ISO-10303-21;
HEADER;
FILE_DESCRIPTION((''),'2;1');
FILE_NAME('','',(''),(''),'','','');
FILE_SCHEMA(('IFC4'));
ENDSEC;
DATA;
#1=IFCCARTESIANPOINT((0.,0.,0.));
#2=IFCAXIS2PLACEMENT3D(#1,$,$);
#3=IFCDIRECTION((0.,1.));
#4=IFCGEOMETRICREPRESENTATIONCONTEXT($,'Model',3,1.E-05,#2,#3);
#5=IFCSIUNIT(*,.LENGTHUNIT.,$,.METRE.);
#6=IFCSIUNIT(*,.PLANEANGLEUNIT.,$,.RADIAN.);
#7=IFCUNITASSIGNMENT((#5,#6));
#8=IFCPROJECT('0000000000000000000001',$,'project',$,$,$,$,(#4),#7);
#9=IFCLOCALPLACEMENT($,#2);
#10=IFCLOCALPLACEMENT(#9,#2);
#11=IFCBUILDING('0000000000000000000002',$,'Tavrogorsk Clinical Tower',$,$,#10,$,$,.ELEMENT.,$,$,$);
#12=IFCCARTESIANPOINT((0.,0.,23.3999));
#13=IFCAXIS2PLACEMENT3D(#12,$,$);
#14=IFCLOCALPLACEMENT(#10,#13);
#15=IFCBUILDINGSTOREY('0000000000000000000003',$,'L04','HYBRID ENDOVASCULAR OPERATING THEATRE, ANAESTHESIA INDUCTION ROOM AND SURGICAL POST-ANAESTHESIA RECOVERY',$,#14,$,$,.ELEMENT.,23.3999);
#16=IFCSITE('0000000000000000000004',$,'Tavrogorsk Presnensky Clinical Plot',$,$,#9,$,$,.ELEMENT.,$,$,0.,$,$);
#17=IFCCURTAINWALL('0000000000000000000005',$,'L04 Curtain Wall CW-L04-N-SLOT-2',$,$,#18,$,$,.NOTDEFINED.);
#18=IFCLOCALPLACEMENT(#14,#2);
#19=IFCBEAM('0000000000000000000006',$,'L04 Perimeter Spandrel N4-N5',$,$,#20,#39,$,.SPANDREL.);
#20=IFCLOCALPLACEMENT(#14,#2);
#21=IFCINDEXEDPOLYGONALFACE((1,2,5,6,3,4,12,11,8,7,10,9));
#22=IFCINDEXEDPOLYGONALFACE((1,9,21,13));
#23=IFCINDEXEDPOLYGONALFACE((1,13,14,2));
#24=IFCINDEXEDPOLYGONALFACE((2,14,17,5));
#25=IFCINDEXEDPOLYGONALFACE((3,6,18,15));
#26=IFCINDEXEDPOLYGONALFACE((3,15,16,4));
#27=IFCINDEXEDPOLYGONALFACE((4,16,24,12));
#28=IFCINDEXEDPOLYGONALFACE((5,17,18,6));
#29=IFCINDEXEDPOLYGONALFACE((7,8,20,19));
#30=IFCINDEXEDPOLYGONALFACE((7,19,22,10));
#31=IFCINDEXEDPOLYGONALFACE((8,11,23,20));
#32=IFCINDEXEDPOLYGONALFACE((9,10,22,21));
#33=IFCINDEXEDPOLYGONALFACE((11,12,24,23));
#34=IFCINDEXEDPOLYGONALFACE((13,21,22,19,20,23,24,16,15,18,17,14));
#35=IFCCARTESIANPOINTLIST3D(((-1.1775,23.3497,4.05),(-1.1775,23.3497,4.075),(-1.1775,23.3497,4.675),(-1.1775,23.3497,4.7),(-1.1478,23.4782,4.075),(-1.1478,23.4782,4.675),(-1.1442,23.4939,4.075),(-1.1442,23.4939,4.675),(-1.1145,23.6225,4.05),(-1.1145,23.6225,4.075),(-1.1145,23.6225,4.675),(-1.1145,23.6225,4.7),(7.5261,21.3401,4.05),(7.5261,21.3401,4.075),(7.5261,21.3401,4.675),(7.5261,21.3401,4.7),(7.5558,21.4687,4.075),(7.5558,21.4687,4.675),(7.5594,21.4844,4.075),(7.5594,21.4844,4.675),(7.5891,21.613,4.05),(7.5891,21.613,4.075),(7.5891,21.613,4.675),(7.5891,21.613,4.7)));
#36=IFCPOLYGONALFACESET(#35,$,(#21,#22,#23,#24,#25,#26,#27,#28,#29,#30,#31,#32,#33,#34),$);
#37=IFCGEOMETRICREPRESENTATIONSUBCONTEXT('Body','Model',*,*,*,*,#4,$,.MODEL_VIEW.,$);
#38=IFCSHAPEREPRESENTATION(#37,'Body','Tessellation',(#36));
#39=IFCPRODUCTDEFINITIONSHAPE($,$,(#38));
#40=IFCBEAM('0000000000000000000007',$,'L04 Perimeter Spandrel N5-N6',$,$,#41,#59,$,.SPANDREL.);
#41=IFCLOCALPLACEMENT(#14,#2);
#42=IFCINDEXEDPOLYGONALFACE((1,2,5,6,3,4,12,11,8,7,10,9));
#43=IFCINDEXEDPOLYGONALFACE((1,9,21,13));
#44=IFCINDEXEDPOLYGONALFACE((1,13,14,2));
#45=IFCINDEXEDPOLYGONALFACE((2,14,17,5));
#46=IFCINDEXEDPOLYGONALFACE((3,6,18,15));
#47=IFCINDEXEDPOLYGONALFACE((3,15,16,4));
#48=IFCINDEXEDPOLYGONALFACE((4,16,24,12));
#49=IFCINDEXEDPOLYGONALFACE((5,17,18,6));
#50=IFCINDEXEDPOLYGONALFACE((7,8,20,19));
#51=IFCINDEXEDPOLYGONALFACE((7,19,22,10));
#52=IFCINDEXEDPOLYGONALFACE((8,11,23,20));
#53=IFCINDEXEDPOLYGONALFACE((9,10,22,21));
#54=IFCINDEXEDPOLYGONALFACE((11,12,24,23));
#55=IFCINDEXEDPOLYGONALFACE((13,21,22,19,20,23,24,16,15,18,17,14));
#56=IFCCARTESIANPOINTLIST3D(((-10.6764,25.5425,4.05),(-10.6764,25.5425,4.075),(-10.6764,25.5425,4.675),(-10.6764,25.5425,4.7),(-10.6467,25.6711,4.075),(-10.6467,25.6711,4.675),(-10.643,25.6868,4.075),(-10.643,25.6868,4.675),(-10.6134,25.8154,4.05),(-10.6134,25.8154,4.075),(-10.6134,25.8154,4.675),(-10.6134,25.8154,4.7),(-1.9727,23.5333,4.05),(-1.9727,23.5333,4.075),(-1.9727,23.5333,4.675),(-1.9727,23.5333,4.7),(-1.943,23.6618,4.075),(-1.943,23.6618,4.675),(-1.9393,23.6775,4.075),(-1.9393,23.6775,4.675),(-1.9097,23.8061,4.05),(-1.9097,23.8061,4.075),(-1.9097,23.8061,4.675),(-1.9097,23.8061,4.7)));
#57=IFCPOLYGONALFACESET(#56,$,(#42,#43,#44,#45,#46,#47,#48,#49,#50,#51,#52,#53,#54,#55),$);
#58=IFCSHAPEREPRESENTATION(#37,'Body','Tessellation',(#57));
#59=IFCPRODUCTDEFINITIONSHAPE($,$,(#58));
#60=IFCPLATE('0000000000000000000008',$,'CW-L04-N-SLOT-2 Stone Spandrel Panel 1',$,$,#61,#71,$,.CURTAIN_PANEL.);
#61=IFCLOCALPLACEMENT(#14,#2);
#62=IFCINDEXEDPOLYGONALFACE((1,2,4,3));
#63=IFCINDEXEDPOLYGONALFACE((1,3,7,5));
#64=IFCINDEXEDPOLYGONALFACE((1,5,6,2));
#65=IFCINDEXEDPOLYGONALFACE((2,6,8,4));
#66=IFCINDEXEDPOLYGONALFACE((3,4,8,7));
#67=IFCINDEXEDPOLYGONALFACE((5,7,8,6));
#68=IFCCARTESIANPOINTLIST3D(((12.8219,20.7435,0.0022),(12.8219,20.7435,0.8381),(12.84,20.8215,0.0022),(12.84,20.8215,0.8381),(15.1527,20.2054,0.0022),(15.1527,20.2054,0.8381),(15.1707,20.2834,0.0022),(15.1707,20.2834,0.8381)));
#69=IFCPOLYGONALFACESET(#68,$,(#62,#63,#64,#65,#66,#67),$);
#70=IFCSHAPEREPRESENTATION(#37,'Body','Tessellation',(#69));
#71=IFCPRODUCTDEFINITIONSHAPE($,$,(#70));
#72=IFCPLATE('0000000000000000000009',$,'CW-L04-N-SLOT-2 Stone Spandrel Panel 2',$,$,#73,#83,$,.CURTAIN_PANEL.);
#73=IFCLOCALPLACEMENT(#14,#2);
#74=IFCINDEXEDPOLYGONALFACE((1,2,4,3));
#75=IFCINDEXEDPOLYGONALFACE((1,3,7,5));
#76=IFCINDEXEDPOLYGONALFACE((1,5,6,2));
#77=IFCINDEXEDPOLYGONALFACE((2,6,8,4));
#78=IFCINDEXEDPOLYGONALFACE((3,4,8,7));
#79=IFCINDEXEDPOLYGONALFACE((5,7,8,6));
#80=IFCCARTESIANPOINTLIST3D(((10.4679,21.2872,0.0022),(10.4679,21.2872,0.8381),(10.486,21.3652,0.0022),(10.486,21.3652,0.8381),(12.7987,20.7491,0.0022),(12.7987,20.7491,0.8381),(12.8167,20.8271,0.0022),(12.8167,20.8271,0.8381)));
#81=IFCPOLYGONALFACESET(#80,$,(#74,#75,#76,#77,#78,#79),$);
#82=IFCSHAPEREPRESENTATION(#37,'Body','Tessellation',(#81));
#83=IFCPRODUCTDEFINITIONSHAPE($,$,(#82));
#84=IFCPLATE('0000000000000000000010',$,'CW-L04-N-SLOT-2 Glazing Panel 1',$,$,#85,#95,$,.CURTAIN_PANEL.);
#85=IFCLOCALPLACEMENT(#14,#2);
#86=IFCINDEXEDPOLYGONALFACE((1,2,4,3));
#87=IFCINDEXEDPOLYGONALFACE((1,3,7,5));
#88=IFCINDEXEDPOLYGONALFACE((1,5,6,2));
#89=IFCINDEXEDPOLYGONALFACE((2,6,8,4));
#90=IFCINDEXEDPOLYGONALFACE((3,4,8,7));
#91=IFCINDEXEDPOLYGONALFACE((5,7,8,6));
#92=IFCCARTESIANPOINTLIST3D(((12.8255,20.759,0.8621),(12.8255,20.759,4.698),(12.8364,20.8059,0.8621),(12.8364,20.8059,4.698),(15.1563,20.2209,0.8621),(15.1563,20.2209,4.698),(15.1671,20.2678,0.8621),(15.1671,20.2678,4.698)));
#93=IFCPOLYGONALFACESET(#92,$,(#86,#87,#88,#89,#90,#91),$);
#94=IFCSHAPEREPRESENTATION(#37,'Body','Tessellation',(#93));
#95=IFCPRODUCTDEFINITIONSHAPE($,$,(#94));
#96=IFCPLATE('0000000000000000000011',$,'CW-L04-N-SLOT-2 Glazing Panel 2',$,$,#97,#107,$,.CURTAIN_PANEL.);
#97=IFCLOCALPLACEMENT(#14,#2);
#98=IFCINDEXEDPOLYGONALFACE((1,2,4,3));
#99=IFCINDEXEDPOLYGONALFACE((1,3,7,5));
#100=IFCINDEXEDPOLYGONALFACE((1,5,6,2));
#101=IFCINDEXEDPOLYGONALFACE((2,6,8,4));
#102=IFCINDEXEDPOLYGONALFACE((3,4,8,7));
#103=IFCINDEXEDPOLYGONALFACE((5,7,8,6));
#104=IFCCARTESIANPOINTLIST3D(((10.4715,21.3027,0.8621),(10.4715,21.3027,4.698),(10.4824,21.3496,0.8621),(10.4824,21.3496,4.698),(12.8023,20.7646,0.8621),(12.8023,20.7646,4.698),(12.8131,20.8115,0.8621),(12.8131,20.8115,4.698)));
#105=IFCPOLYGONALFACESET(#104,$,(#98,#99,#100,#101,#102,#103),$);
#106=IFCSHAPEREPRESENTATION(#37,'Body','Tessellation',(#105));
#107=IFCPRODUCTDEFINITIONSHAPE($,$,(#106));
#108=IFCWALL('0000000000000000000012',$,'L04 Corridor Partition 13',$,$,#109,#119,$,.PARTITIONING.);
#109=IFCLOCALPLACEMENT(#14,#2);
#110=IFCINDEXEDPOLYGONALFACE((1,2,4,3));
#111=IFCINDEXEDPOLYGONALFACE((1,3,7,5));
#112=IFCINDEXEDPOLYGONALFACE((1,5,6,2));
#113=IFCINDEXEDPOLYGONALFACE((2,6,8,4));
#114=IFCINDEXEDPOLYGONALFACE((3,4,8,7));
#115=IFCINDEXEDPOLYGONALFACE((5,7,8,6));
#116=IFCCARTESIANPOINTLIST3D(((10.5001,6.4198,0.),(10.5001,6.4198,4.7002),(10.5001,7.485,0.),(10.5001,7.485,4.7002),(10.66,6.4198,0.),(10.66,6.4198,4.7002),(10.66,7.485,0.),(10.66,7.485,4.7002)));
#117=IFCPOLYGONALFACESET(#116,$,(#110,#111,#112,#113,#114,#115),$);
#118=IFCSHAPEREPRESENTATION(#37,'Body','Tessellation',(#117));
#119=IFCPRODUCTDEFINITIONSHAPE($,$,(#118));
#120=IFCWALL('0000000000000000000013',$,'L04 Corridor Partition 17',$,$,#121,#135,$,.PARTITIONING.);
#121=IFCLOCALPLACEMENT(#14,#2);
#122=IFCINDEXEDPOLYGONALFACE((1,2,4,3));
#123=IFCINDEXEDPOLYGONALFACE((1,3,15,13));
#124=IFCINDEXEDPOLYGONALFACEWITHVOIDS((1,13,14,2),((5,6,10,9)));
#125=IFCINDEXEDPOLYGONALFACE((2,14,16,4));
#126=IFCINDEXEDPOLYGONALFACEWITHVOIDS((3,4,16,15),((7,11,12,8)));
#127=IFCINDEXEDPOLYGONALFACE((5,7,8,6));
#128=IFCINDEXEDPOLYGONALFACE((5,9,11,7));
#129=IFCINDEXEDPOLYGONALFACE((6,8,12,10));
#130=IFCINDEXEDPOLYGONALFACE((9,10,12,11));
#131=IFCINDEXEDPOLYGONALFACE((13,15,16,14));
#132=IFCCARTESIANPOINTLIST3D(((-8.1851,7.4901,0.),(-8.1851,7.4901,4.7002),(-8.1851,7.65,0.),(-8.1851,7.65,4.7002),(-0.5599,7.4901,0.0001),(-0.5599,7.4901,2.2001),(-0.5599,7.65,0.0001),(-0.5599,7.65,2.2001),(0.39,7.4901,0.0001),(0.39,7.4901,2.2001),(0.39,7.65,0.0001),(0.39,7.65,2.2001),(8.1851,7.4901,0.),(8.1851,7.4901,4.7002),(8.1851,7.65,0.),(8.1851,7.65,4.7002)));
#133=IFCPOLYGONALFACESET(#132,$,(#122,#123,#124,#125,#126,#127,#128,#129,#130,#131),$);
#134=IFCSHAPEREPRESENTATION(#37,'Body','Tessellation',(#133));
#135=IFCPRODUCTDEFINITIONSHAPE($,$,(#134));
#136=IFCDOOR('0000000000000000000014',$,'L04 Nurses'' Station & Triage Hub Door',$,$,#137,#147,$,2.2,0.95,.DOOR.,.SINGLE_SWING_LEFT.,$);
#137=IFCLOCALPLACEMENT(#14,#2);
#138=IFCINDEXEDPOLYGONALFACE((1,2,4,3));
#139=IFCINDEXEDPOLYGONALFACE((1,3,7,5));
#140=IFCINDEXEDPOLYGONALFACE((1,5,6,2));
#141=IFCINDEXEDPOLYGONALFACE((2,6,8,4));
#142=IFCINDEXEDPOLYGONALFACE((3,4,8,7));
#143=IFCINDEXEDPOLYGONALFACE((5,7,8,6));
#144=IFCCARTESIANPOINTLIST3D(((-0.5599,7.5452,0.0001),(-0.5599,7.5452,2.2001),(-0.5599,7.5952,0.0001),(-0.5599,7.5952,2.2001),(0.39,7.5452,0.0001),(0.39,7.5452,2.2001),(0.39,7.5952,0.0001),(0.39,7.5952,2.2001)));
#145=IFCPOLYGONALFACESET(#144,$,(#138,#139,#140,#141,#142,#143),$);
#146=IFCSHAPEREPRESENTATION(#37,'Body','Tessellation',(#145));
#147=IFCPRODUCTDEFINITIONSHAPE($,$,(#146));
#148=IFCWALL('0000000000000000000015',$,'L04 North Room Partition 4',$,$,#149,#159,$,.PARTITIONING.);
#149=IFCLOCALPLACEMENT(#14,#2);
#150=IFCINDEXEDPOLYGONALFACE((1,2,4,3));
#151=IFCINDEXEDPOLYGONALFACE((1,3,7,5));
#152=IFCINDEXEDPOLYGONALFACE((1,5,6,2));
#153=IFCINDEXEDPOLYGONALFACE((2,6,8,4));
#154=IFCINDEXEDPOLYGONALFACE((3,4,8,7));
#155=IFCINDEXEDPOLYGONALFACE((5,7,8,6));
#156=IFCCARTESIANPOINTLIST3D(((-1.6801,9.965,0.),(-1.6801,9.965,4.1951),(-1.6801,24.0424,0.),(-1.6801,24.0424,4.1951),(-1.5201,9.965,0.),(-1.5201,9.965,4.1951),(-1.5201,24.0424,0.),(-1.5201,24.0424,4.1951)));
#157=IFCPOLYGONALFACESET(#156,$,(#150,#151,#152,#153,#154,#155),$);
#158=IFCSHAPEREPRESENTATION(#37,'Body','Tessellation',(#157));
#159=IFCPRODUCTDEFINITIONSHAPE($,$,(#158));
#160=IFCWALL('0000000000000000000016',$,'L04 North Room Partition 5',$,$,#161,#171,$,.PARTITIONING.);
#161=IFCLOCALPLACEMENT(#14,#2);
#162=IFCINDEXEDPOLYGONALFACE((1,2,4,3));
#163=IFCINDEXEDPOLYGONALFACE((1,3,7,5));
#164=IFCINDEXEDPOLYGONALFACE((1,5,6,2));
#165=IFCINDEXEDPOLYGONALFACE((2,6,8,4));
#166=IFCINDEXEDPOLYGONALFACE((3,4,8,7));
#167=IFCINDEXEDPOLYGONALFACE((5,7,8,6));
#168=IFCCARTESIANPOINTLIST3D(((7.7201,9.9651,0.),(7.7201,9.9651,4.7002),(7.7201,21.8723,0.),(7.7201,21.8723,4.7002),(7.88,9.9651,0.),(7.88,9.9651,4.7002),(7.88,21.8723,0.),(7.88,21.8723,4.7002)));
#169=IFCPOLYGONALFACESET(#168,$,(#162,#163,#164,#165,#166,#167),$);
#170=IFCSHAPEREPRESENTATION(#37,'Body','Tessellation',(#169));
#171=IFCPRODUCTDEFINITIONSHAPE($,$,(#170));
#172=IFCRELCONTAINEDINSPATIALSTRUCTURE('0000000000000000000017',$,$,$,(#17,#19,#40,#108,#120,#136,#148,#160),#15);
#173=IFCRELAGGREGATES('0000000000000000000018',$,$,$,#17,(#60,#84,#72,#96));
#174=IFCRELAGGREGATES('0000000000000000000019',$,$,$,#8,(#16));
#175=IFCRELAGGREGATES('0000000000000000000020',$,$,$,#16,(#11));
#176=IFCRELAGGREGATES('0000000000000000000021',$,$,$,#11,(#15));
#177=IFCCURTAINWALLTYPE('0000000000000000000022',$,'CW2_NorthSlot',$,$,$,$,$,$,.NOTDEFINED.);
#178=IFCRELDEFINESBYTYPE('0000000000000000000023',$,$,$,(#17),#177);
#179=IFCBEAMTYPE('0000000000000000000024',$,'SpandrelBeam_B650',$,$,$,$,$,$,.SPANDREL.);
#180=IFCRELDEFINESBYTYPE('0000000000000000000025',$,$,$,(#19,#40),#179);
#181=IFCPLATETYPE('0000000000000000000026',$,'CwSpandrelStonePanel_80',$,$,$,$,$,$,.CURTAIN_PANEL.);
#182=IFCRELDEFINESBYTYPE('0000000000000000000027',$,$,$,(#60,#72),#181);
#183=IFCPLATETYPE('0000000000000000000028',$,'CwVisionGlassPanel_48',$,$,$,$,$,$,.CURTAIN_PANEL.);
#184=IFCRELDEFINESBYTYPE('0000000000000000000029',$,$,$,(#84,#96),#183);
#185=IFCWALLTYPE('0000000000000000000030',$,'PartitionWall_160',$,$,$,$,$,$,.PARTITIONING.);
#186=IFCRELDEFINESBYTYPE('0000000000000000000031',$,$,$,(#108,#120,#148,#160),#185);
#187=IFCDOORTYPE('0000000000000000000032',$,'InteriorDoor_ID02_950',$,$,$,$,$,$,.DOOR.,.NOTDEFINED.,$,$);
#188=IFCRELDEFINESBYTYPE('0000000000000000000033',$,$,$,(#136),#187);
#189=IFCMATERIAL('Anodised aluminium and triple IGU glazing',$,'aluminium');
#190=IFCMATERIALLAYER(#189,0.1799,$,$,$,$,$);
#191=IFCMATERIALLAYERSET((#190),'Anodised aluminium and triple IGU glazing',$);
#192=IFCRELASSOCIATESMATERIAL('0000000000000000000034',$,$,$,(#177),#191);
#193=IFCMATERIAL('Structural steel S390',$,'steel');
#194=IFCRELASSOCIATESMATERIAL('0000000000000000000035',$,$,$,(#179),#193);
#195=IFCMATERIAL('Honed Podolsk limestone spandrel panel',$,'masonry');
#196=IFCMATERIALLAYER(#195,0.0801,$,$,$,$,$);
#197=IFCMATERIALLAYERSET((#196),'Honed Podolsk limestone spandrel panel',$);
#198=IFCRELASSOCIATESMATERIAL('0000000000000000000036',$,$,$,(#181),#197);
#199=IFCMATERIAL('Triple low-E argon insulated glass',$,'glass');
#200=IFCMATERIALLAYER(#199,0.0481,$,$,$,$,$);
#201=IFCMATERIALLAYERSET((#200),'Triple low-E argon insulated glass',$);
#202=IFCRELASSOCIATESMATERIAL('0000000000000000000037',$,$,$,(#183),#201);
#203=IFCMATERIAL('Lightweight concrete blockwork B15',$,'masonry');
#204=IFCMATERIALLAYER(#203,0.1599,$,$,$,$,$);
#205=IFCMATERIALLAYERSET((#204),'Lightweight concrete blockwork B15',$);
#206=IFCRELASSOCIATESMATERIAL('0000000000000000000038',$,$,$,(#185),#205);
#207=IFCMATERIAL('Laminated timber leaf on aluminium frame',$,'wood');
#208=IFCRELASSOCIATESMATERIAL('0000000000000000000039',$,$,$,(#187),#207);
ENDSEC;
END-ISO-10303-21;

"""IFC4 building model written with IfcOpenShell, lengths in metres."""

from ifc_helpers import new_model, si_unit, direction, frame, frame_2d, origin, origin_2d, place, context, subcontext, project, spatial, rectangle, i_section, extrude, material, layer, layer_set, material_profile, profile_set, type_object, element, fill, aggregate, save


model = new_model("IFC4")

# Units and contexts
model_context = context("Model", 3, precision=1e-05, world=origin(), true_north=direction((0.0, 1.0)))
body_context = subcontext(model_context, "Body", "Model", "MODEL_VIEW")
ifc_project = project(units=[si_unit("LENGTHUNIT", "METRE"), si_unit("PLANEANGLEUNIT", "RADIAN")], contexts=[model_context])

# Site, building, storey
site_placement = place(None, origin())
site = spatial("IfcSite", under=ifc_project, at=site_placement, Name="Tavrogorsk Presnensky Clinical Plot", CompositionType="ELEMENT", RefElevation=0.0)
building_placement = place(site_placement, origin())
building = spatial("IfcBuilding", under=site, at=building_placement, Name="Tavrogorsk Clinical Tower", CompositionType="ELEMENT")
storey_placement = place(building_placement, frame((0.0, 0.0, 23.3999)))
storey = spatial("IfcBuildingStorey", under=building, at=storey_placement, Name="L04", Description="HYBRID ENDOVASCULAR OPERATING THEATRE, ANAESTHESIA INDUCTION ROOM AND SURGICAL POST-ANAESTHESIA RECOVERY", CompositionType="ELEMENT", Elevation=23.3999)

# Curtain wall
ifc_material_1 = material(Name="Anodised aluminium and triple IGU glazing", Category="aluminium")
ifc_layer_1 = layer(ifc_material_1, 0.1799)
ifc_layer_set_1 = layer_set([ifc_layer_1], Name="Anodised aluminium and triple IGU glazing")
curtain_wall_type = type_object("IfcCurtainWallType", Name="CW2_NorthSlot", PredefinedType="NOTDEFINED", material=ifc_layer_set_1)
curtain_wall_placement = place(storey_placement, origin())
curtain_wall = element("IfcCurtainWall", 1, at=curtain_wall_placement, inside=storey, type_object=curtain_wall_type, Name="L04 Curtain Wall CW-L04-N-SLOT-2", PredefinedType="NOTDEFINED")

# Beams
ifc_material_2 = material(Name="Structural steel S390", Category="steel")
ifc_material_profile_1 = material_profile(ifc_material_2, i_section(OverallWidth=0.28, OverallDepth=0.6499, WebThickness=0.0161, FlangeThickness=0.0249, at=origin_2d()), Name="B-650x280x16x25")
ifc_profile_set_1 = profile_set([ifc_material_profile_1], Name="Structural steel S390")
beam_type_1 = type_object("IfcBeamType", Name="SpandrelBeam_B650", PredefinedType="SPANDREL", material=ifc_profile_set_1)
for number, where, z_axis, x_axis, name in (
    (2, (7.5576, 21.4766, 4.375), (-0.974367, 0.224965, 0.0), (-0.224965, -0.974367, 0.0), "L04 Perimeter Spandrel N4-N5"),
    (3, (-1.9412, 23.6697, 4.375), (-0.974373, 0.224939, 0.0), (-0.224939, -0.974373, 0.0), "L04 Perimeter Spandrel N5-N6"),
):
    element("IfcBeam", number, at=place(storey_placement, frame(where, z_axis=z_axis, x_axis=x_axis)), inside=storey, type_object=beam_type_1, Name=name, PredefinedType="SPANDREL", context=body_context, shape_type="SweptSolid", body=[
        extrude(i_section(OverallWidth=0.28, OverallDepth=0.6499, WebThickness=0.0161, FlangeThickness=0.0249, at=origin_2d()), origin(), (0.0, 0.0, 1.0), 8.9326),
    ])

# Plates
ifc_material_3 = material(Name="Honed Podolsk limestone spandrel panel", Category="masonry")
ifc_layer_2 = layer(ifc_material_3, 0.0801)
ifc_layer_set_2 = layer_set([ifc_layer_2], Name="Honed Podolsk limestone spandrel panel")
plate_type_1 = type_object("IfcPlateType", Name="CwSpandrelStonePanel_80", PredefinedType="CURTAIN_PANEL", material=ifc_layer_set_2)
plate_1_placement = place(storey_placement, frame((13.9963, 20.5134, 0.0022), z_axis=(0.0, 0.0, 1.0), x_axis=(-0.97437, 0.224951, 0.0)))
plate_1 = element("IfcPlate", 4, at=plate_1_placement, type_object=plate_type_1, Name="CW-L04-N-SLOT-2 Stone Spandrel Panel 1", PredefinedType="CURTAIN_PANEL", context=body_context, shape_type="SweptSolid", body=[
    extrude(rectangle(XDim=2.3921, YDim=0.0801, at=origin_2d()), origin(), (0.0, 0.0, 1.0), 0.8359),
])
plate_2_placement = place(storey_placement, frame((11.6423, 21.0571, 0.0022), z_axis=(0.0, 0.0, 1.0), x_axis=(-0.97437, 0.224951, 0.0)))
plate_2 = element("IfcPlate", 5, at=plate_2_placement, type_object=plate_type_1, Name="CW-L04-N-SLOT-2 Stone Spandrel Panel 2", PredefinedType="CURTAIN_PANEL", context=body_context, shape_type="SweptSolid", body=[
    extrude(rectangle(XDim=2.3921, YDim=0.0801, at=origin_2d()), origin(), (0.0, 0.0, 1.0), 0.8359),
])
ifc_material_4 = material(Name="Triple low-E argon insulated glass", Category="glass")
ifc_layer_3 = layer(ifc_material_4, 0.0481)
ifc_layer_set_3 = layer_set([ifc_layer_3], Name="Triple low-E argon insulated glass")
plate_type_2 = type_object("IfcPlateType", Name="CwVisionGlassPanel_48", PredefinedType="CURTAIN_PANEL", material=ifc_layer_set_3)
plate_3_placement = place(storey_placement, frame((13.9963, 20.5134, 0.8621), z_axis=(0.0, 0.0, 1.0), x_axis=(-0.97437, 0.224951, 0.0)))
plate_3 = element("IfcPlate", 6, at=plate_3_placement, type_object=plate_type_2, Name="CW-L04-N-SLOT-2 Glazing Panel 1", PredefinedType="CURTAIN_PANEL", context=body_context, shape_type="SweptSolid", body=[
    extrude(rectangle(XDim=2.3921, YDim=0.0481, at=origin_2d()), origin(), (0.0, 0.0, 1.0), 3.8359),
])
plate_4_placement = place(storey_placement, frame((11.6423, 21.0571, 0.8621), z_axis=(0.0, 0.0, 1.0), x_axis=(-0.97437, 0.224951, 0.0)))
plate_4 = element("IfcPlate", 7, at=plate_4_placement, type_object=plate_type_2, Name="CW-L04-N-SLOT-2 Glazing Panel 2", PredefinedType="CURTAIN_PANEL", context=body_context, shape_type="SweptSolid", body=[
    extrude(rectangle(XDim=2.3921, YDim=0.0481, at=origin_2d()), origin(), (0.0, 0.0, 1.0), 3.8359),
])
aggregate(curtain_wall, [plate_1, plate_3, plate_2, plate_4])

# Wall
ifc_material_5 = material(Name="Lightweight concrete blockwork B15", Category="masonry")
ifc_layer_4 = layer(ifc_material_5, 0.1599)
ifc_layer_set_4 = layer_set([ifc_layer_4], Name="Lightweight concrete blockwork B15")
wall_type_1 = type_object("IfcWallType", Name="PartitionWall_160", PredefinedType="PARTITIONING", material=ifc_layer_set_4)
wall_1_placement = place(storey_placement, frame((10.5801, 7.4851, 0.0), z_axis=(0.0, 0.0, 1.0), x_axis=(0.0, -1.0, 0.0)))
element("IfcWall", 8, at=wall_1_placement, inside=storey, type_object=wall_type_1, Name="L04 Corridor Partition 13", PredefinedType="PARTITIONING", context=body_context, shape_type="SweptSolid", body=[
    extrude(rectangle(XDim=1.0652, YDim=0.1599, at=frame_2d((0.5327, 0.0))), origin(), (0.0, 0.0, 1.0), 4.7002),
])

# Wall, opening, door
wall_2_placement = place(storey_placement, frame((8.1851, 7.5701, 0.0), z_axis=(0.0, 0.0, 1.0), x_axis=(-1.0, 0.0, 0.0)))
wall_2 = element("IfcWall", 9, at=wall_2_placement, inside=storey, type_object=wall_type_1, Name="L04 Corridor Partition 17", PredefinedType="PARTITIONING", context=body_context, shape_type="SweptSolid", body=[
    extrude(rectangle(XDim=16.3701, YDim=0.1599, at=frame_2d((8.1851, 0.0))), origin(), (0.0, 0.0, 1.0), 4.7002),
])
opening_1_placement = place(wall_2_placement, frame((7.7949, 0.0, 0.0)))
opening_1 = element("IfcOpeningElement", 10, at=opening_1_placement, cuts=wall_2, PredefinedType="OPENING", context=body_context, shape_type="SweptSolid", body=[
    extrude(rectangle(XDim=0.95, YDim=2.2, at=frame_2d((0.4751, 1.1001))), frame((0.0, 0.0898, 0.0), z_axis=(0.0, -1.0, 0.0), x_axis=(1.0, 0.0, 0.0)), (0.0, 0.0, 1.0), 0.1799),
])
ifc_material_6 = material(Name="Laminated timber leaf on aluminium frame", Category="wood")
door_type = type_object("IfcDoorType", Name="InteriorDoor_ID02_950", OperationType="NOTDEFINED", PredefinedType="DOOR", material=ifc_material_6)
door_placement = place(opening_1_placement, origin())
door = element("IfcDoor", 11, at=door_placement, inside=storey, type_object=door_type, Name="L04 Nurses' Station & Triage Hub Door", OperationType="SINGLE_SWING_LEFT", OverallHeight=2.2, OverallWidth=0.95, PredefinedType="DOOR", context=body_context, shape_type="SweptSolid", body=[
    extrude(rectangle(XDim=0.95, YDim=2.2, at=frame_2d((0.4751, 1.1001))), frame((0.0, 0.0249, 0.0), z_axis=(0.0, -1.0, 0.0), x_axis=(1.0, 0.0, 0.0)), (0.0, 0.0, 1.0), 0.05),
])
fill(opening_1, door)

# Walls
wall_3_placement = place(storey_placement, frame((-1.6001, 9.9651, 0.0), z_axis=(0.0, 0.0, 1.0), x_axis=(0.0, 1.0, 0.0)))
element("IfcWall", 12, at=wall_3_placement, inside=storey, type_object=wall_type_1, Name="L04 North Room Partition 4", PredefinedType="PARTITIONING", context=body_context, shape_type="SweptSolid", body=[
    extrude(rectangle(XDim=14.0774, YDim=0.1599, at=frame_2d((7.0386, 0.0))), origin(), (0.0, 0.0, 1.0), 4.1951),
])
wall_4_placement = place(storey_placement, frame((7.8, 9.9651, 0.0), z_axis=(0.0, 0.0, 1.0), x_axis=(0.0, 1.0, 0.0)))
element("IfcWall", 13, at=wall_4_placement, inside=storey, type_object=wall_type_1, Name="L04 North Room Partition 5", PredefinedType="PARTITIONING", context=body_context, shape_type="SweptSolid", body=[
    extrude(rectangle(XDim=11.9072, YDim=0.1599, at=frame_2d((5.9536, 0.0))), origin(), (0.0, 0.0, 1.0), 4.7002),
])

save(model, "model.ifc")
